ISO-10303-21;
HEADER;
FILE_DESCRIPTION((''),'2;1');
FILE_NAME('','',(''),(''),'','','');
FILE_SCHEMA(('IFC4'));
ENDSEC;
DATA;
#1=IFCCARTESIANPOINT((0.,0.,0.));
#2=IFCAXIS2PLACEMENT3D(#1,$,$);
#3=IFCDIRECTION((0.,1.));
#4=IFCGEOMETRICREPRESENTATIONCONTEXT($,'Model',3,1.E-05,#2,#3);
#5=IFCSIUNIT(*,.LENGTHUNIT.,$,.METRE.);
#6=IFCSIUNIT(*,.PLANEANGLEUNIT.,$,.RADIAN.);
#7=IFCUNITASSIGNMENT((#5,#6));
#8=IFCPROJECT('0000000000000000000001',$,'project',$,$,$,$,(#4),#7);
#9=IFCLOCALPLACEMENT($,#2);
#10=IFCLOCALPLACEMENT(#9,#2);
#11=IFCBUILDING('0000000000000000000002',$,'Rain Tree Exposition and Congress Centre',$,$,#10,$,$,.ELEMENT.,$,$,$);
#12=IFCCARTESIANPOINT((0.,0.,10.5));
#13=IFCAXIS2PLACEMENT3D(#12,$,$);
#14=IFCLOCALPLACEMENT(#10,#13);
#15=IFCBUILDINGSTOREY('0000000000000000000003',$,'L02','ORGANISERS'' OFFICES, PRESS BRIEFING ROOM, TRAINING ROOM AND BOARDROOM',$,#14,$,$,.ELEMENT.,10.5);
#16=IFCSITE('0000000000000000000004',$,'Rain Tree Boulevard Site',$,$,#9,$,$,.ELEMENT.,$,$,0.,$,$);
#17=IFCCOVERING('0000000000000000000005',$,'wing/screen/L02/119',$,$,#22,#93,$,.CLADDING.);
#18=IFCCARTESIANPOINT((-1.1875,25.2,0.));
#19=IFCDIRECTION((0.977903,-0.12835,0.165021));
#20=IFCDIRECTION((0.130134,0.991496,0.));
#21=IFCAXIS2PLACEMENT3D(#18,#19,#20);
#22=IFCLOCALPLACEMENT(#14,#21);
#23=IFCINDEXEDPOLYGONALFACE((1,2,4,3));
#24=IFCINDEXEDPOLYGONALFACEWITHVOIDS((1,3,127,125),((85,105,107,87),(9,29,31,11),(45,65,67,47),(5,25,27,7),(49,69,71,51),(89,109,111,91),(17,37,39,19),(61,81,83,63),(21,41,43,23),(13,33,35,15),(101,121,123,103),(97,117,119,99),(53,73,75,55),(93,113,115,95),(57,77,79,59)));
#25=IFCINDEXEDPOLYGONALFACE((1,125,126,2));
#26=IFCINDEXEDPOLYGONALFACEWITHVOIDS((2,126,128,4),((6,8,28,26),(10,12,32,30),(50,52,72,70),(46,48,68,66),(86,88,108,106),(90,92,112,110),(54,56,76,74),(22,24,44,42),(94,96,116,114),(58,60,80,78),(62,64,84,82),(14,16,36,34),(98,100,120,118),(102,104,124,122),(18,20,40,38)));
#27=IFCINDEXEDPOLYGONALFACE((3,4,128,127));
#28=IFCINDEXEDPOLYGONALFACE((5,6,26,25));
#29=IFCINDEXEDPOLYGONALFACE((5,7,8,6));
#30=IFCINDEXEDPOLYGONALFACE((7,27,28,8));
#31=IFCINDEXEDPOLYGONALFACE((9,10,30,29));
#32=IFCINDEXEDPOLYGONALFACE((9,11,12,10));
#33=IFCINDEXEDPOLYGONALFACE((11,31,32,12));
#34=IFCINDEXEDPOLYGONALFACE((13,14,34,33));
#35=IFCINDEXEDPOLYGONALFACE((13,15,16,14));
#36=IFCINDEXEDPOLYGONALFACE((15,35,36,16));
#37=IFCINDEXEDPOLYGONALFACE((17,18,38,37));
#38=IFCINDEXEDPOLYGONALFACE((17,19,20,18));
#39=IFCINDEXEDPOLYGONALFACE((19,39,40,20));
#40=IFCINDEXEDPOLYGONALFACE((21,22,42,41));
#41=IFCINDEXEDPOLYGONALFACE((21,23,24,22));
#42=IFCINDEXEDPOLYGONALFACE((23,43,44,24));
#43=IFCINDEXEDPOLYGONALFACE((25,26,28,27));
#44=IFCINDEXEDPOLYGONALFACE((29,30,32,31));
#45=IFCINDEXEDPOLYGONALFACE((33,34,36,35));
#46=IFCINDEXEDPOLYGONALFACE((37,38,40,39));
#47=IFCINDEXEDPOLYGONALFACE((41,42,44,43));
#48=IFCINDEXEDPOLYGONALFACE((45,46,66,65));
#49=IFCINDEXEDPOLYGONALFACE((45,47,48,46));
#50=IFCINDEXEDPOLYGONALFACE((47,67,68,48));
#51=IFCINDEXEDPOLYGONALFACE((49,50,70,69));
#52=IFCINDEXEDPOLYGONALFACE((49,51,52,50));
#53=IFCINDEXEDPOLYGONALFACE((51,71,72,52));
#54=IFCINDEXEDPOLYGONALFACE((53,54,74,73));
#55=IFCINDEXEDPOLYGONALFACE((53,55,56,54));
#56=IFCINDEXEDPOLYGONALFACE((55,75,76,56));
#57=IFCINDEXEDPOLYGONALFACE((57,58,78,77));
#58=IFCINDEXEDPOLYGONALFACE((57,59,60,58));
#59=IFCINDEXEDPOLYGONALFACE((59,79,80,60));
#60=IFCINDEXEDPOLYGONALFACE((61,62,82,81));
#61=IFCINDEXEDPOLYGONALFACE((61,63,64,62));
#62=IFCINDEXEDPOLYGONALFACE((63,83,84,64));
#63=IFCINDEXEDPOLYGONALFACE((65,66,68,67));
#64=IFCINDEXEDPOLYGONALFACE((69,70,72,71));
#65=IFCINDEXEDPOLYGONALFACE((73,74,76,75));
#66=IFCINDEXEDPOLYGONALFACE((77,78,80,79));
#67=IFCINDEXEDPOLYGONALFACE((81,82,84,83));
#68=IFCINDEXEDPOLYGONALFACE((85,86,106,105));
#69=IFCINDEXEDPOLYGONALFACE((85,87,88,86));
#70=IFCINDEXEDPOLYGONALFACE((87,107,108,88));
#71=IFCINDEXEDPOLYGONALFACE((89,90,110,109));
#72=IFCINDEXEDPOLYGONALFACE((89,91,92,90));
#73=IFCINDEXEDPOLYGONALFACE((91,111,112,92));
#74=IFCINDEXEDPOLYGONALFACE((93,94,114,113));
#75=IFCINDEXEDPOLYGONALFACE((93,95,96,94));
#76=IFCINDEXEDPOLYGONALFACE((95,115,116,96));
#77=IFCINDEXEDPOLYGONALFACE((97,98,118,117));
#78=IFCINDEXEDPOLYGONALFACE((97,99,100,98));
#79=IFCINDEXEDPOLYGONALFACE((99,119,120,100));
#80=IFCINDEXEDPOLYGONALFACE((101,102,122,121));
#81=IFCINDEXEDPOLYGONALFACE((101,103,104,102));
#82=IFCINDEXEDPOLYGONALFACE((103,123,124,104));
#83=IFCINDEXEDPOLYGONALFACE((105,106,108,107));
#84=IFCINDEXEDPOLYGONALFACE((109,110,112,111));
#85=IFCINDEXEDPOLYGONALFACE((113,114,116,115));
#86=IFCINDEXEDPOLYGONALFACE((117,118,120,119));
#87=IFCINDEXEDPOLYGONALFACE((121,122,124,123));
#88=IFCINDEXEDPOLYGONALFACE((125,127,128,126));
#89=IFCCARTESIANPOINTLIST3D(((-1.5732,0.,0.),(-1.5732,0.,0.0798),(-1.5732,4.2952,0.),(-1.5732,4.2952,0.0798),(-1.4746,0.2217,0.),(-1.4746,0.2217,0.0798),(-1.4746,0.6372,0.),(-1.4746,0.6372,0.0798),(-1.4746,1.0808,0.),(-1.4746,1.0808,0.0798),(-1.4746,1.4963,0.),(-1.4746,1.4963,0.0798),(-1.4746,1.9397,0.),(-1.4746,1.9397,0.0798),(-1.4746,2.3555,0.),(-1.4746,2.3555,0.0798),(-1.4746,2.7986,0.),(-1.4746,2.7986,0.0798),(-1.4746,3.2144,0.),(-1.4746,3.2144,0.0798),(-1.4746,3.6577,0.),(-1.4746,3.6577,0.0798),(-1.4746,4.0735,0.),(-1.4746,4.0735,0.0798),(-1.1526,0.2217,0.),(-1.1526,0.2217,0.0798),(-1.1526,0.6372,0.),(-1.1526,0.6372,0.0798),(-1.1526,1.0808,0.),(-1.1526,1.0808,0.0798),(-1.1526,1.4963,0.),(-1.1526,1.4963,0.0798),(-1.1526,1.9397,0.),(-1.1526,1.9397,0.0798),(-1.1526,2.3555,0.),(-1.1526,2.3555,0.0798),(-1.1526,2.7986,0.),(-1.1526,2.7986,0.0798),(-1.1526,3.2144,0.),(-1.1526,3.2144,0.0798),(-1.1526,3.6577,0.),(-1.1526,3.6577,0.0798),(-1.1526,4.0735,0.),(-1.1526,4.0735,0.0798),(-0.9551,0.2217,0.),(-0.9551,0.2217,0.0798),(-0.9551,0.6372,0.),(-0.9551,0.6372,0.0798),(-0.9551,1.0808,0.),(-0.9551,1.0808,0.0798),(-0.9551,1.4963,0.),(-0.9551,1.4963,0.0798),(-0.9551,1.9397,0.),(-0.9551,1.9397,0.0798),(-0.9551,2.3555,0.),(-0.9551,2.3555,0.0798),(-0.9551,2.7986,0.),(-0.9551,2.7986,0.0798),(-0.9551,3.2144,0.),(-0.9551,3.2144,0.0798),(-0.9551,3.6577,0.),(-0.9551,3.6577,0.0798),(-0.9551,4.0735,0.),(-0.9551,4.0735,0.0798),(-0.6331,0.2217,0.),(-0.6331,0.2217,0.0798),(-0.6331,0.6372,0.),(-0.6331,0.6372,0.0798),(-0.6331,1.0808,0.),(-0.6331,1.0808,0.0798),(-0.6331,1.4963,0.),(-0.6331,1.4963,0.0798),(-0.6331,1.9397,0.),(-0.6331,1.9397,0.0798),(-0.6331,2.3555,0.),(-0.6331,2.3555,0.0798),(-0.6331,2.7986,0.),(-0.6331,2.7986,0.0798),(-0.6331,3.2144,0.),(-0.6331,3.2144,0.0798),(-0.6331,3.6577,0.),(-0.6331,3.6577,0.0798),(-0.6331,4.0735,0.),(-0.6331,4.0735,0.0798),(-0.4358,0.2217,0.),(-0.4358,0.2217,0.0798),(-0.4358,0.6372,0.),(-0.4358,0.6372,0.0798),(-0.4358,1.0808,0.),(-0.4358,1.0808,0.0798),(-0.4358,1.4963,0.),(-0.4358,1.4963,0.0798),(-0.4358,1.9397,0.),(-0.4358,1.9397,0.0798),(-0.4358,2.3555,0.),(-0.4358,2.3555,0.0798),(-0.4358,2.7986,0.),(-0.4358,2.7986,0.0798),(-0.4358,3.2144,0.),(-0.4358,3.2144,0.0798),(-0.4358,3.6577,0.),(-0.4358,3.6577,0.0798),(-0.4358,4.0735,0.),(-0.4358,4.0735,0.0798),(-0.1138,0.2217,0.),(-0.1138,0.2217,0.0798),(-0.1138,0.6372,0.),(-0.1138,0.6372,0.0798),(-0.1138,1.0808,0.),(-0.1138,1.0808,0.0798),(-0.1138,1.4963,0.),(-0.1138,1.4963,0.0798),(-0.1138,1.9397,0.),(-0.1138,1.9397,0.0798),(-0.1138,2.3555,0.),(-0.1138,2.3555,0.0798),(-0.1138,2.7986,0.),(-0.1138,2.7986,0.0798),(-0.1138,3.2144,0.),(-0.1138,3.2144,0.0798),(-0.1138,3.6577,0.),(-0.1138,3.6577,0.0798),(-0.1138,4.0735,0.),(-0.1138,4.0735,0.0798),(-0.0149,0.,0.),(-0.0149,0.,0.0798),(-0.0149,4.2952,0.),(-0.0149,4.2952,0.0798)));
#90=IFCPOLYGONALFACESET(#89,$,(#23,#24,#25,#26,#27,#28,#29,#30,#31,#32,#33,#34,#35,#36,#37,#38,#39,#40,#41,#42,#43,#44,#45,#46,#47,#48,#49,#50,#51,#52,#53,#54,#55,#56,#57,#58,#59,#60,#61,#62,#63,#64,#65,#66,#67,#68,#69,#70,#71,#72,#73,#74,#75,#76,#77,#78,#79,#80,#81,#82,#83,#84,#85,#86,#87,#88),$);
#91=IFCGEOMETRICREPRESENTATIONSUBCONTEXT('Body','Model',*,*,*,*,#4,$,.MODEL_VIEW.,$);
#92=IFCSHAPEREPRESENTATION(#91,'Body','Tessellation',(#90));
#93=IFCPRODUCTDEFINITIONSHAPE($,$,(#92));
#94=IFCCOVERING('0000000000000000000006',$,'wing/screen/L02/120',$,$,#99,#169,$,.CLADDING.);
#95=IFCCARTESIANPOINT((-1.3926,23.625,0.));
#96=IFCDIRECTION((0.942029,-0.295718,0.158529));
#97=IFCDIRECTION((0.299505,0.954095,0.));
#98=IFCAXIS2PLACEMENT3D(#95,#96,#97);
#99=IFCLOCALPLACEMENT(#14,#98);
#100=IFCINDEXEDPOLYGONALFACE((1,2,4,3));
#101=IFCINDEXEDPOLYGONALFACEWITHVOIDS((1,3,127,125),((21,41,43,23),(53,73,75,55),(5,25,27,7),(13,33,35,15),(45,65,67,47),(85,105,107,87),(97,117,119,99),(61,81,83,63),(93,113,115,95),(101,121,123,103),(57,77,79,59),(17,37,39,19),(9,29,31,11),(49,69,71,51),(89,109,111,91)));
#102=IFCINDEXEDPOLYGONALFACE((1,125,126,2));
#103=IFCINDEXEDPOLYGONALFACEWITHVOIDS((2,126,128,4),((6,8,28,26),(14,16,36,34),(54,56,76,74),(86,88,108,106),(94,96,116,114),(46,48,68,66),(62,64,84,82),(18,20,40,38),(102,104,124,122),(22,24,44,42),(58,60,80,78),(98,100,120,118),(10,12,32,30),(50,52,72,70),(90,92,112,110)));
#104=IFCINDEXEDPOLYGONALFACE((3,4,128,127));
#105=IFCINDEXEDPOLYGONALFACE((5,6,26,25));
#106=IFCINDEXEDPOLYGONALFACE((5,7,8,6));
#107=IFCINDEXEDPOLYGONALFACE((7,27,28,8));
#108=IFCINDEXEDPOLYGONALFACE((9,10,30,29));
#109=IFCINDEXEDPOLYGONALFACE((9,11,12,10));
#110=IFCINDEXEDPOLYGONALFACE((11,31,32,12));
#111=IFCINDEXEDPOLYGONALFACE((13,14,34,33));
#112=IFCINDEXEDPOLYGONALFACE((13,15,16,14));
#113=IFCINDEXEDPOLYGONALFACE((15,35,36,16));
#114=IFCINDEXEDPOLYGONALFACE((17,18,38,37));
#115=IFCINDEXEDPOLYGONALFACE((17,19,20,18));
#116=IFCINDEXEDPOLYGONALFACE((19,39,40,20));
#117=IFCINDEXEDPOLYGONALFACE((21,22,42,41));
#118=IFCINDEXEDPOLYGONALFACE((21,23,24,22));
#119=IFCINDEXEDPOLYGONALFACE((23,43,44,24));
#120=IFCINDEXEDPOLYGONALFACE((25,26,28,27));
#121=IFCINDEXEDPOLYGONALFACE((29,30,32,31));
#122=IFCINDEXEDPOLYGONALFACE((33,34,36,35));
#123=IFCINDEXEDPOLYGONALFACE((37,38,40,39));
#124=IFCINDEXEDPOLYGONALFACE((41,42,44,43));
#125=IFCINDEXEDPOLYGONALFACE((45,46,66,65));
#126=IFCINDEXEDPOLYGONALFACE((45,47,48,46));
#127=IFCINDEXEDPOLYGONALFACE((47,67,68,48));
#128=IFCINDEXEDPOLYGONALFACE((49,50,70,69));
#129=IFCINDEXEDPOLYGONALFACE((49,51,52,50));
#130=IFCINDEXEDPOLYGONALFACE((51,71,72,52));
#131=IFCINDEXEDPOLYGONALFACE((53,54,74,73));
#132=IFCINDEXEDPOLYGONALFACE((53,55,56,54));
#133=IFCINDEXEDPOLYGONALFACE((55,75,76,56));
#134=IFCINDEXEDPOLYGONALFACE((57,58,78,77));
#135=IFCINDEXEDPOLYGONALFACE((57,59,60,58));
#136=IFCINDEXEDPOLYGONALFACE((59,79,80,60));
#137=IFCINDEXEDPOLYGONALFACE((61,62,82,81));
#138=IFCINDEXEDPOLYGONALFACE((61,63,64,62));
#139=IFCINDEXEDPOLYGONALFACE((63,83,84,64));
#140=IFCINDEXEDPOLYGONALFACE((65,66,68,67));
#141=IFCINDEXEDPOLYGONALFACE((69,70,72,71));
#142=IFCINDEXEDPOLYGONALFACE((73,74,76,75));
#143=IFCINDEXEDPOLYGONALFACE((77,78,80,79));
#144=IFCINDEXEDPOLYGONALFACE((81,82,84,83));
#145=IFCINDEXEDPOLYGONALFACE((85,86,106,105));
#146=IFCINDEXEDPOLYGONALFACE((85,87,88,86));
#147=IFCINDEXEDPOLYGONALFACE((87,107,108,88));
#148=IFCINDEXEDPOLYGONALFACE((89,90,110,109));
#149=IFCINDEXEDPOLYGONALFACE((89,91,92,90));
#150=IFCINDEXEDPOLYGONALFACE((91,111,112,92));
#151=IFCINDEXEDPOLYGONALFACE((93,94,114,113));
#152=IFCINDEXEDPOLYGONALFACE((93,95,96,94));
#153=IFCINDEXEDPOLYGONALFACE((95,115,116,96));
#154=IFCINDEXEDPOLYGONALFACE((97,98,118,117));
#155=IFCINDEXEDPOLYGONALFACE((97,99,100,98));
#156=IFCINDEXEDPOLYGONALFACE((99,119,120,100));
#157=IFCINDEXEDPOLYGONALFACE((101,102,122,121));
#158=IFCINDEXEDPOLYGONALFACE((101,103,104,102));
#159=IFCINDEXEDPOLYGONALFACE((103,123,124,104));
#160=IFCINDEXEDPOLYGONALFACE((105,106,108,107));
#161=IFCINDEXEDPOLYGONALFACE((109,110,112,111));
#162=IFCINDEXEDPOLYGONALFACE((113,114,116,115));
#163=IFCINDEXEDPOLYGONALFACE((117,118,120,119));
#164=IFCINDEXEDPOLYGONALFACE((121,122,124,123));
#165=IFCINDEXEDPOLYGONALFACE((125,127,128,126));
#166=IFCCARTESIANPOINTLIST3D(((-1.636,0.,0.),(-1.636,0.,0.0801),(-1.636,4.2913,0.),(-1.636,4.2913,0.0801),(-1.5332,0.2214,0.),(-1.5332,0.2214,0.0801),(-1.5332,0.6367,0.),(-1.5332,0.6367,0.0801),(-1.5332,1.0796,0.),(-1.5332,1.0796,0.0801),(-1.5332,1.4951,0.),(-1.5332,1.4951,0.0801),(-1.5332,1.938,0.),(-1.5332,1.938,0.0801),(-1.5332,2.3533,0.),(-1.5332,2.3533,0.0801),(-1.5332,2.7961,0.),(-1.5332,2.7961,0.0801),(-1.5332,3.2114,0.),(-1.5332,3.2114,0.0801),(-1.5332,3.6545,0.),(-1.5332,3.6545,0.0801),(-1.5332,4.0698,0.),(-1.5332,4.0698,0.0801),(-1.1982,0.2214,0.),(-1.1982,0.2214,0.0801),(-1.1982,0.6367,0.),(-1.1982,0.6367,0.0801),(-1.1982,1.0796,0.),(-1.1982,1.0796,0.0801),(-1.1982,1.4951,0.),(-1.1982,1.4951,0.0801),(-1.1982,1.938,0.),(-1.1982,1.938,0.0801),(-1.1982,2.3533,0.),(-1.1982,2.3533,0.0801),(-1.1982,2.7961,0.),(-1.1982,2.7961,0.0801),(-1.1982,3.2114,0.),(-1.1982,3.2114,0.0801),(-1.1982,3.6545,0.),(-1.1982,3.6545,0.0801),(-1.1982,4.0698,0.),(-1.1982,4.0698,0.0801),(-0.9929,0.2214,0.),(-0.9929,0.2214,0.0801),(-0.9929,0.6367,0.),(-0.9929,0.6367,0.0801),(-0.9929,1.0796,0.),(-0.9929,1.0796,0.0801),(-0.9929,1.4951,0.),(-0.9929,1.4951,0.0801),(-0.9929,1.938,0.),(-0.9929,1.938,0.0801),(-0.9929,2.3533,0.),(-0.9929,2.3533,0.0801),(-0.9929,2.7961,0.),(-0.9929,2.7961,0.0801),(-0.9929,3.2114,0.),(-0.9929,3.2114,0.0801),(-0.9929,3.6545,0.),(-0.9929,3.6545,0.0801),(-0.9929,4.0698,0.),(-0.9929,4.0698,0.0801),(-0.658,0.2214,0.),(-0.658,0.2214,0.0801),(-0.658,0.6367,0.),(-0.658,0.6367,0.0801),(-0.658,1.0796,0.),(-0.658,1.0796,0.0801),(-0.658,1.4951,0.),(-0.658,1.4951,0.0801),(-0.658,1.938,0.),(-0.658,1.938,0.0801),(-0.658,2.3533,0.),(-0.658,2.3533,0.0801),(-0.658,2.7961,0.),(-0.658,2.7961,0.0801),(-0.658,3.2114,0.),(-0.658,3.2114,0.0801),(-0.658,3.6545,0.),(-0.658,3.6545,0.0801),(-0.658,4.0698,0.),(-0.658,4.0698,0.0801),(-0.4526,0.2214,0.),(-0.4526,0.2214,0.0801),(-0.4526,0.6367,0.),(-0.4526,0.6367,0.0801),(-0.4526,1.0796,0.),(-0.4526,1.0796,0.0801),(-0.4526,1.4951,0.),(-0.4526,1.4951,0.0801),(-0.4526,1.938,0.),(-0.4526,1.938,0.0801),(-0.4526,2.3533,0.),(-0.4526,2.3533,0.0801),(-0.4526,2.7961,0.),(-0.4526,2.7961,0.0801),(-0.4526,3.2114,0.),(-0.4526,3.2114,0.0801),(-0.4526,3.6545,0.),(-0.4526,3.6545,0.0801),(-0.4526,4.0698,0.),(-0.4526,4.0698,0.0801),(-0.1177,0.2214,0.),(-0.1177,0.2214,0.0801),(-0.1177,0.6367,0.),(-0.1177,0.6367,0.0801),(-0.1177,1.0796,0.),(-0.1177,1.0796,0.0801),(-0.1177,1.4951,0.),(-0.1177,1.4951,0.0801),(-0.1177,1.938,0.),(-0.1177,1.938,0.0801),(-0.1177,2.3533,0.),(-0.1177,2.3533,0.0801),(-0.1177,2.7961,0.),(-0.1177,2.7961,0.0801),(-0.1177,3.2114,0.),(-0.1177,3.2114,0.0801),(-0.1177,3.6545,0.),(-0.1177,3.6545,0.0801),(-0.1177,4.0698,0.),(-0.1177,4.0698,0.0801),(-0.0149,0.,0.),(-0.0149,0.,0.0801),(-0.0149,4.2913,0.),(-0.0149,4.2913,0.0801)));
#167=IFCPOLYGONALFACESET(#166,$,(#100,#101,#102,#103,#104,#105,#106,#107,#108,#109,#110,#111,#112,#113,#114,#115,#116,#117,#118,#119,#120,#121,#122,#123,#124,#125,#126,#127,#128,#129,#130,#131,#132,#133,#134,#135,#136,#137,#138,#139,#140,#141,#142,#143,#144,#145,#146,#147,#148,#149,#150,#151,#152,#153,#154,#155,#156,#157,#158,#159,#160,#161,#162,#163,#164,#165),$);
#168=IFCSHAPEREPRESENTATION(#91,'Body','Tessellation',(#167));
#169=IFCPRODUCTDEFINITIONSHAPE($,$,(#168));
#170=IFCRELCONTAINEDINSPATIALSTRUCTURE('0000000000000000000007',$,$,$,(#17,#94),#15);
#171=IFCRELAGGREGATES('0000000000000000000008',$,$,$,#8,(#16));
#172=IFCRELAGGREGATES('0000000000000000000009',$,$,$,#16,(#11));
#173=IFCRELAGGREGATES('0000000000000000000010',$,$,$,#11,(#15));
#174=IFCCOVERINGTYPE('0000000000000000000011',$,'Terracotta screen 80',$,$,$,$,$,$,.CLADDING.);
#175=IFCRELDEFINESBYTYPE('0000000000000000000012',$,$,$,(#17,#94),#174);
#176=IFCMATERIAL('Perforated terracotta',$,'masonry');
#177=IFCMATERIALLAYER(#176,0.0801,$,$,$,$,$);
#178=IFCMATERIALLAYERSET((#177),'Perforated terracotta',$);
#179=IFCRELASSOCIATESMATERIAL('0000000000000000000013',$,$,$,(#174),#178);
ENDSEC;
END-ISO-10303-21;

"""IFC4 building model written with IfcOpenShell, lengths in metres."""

from ifc_helpers import new_model, si_unit, direction, frame, origin, place, context, subcontext, project, spatial, polyline, outline, extrude, material, layer, layer_set, type_object, element, save


model = new_model("IFC4")

# Units and contexts
model_context = context("Model", 3, precision=1e-05, world=origin(), true_north=direction((0.0, 1.0)))
body_context = subcontext(model_context, "Body", "Model", "MODEL_VIEW")
ifc_project = project(units=[si_unit("LENGTHUNIT", "METRE"), si_unit("PLANEANGLEUNIT", "RADIAN")], contexts=[model_context])

# Site, building, storey
site_placement = place(None, origin())
site = spatial("IfcSite", under=ifc_project, at=site_placement, Name="Rain Tree Boulevard Site", CompositionType="ELEMENT", RefElevation=0.0)
building_placement = place(site_placement, origin())
building = spatial("IfcBuilding", under=site, at=building_placement, Name="Rain Tree Exposition and Congress Centre", CompositionType="ELEMENT")
storey_placement = place(building_placement, frame((0.0, 0.0, 10.5)))
storey = spatial("IfcBuildingStorey", under=building, at=storey_placement, Name="L02", Description="ORGANISERS' OFFICES, PRESS BRIEFING ROOM, TRAINING ROOM AND BOARDROOM", CompositionType="ELEMENT", Elevation=10.5)

# Coverings
ifc_material_1 = material(Name="Perforated terracotta", Category="masonry")
ifc_layer_1 = layer(ifc_material_1, 0.0801)
ifc_layer_set_1 = layer_set([ifc_layer_1], Name="Perforated terracotta")
covering_type = type_object("IfcCoveringType", Name="Terracotta screen 80", PredefinedType="CLADDING", material=ifc_layer_set_1)
covering_1_placement = place(storey_placement, frame((-1.1875, 25.2, 0.0), z_axis=(0.977903, -0.12835, 0.165021), x_axis=(0.130134, 0.991496, 0.0)))
element("IfcCovering", 1, at=covering_1_placement, inside=storey, type_object=covering_type, Name="wing/screen/L02/119", PredefinedType="CLADDING", context=body_context, shape_type="SweptSolid", body=[
    extrude(outline(polyline([(-1.5732, 0.0), (-1.5732, 4.2952), (-0.0149, 4.2952), (-0.0149, 0.0), (-1.5732, 0.0)]), holes=[polyline([(-0.1138, 0.2217), (-0.1138, 0.6372), (-0.4358, 0.6372), (-0.4358, 0.2217), (-0.1138, 0.2217)]), polyline([(-0.1138, 1.0808), (-0.1138, 1.4963), (-0.4358, 1.4963), (-0.4358, 1.0808), (-0.1138, 1.0808)]), polyline([(-0.1138, 1.9397), (-0.1138, 2.3555), (-0.4358, 2.3555), (-0.4358, 1.9397), (-0.1138, 1.9397)]), polyline([(-0.1138, 2.7986), (-0.1138, 3.2144), (-0.4358, 3.2144), (-0.4358, 2.7986), (-0.1138, 2.7986)]), polyline([(-0.1138, 3.6577), (-0.1138, 4.0735), (-0.4358, 4.0735), (-0.4358, 3.6577), (-0.1138, 3.6577)]), polyline([(-0.6331, 0.2217), (-0.6331, 0.6372), (-0.9551, 0.6372), (-0.9551, 0.2217), (-0.6331, 0.2217)]), polyline([(-0.6331, 1.0808), (-0.6331, 1.4963), (-0.9551, 1.4963), (-0.9551, 1.0808), (-0.6331, 1.0808)]), polyline([(-0.6331, 1.9397), (-0.6331, 2.3555), (-0.9551, 2.3555), (-0.9551, 1.9397), (-0.6331, 1.9397)]), polyline([(-0.6331, 2.7986), (-0.6331, 3.2144), (-0.9551, 3.2144), (-0.9551, 2.7986), (-0.6331, 2.7986)]), polyline([(-0.6331, 3.6577), (-0.6331, 4.0735), (-0.9551, 4.0735), (-0.9551, 3.6577), (-0.6331, 3.6577)]), polyline([(-1.1526, 0.2217), (-1.1526, 0.6372), (-1.4746, 0.6372), (-1.4746, 0.2217), (-1.1526, 0.2217)]), polyline([(-1.1526, 1.0808), (-1.1526, 1.4963), (-1.4746, 1.4963), (-1.4746, 1.0808), (-1.1526, 1.0808)]), polyline([(-1.1526, 1.9397), (-1.1526, 2.3555), (-1.4746, 2.3555), (-1.4746, 1.9397), (-1.1526, 1.9397)]), polyline([(-1.1526, 2.7986), (-1.1526, 3.2144), (-1.4746, 3.2144), (-1.4746, 2.7986), (-1.1526, 2.7986)]), polyline([(-1.1526, 3.6577), (-1.1526, 4.0735), (-1.4746, 4.0735), (-1.4746, 3.6577), (-1.1526, 3.6577)])]), origin(), (0.0, 0.0, 1.0), 0.0798),
])
covering_2_placement = place(storey_placement, frame((-1.3926, 23.625, 0.0), z_axis=(0.942029, -0.295718, 0.158529), x_axis=(0.299505, 0.954095, 0.0)))
element("IfcCovering", 2, at=covering_2_placement, inside=storey, type_object=covering_type, Name="wing/screen/L02/120", PredefinedType="CLADDING", context=body_context, shape_type="SweptSolid", body=[
    extrude(outline(polyline([(-1.636, 0.0), (-1.636, 4.2913), (-0.0149, 4.2913), (-0.0149, 0.0), (-1.636, 0.0)]), holes=[polyline([(-0.1177, 0.2214), (-0.1177, 0.6367), (-0.4526, 0.6367), (-0.4526, 0.2214), (-0.1177, 0.2214)]), polyline([(-0.1177, 1.0796), (-0.1177, 1.4951), (-0.4526, 1.4951), (-0.4526, 1.0796), (-0.1177, 1.0796)]), polyline([(-0.1177, 1.938), (-0.1177, 2.3533), (-0.4526, 2.3533), (-0.4526, 1.938), (-0.1177, 1.938)]), polyline([(-0.1177, 2.7961), (-0.1177, 3.2114), (-0.4526, 3.2114), (-0.4526, 2.7961), (-0.1177, 2.7961)]), polyline([(-0.1177, 3.6545), (-0.1177, 4.0698), (-0.4526, 4.0698), (-0.4526, 3.6545), (-0.1177, 3.6545)]), polyline([(-0.658, 0.2214), (-0.658, 0.6367), (-0.9929, 0.6367), (-0.9929, 0.2214), (-0.658, 0.2214)]), polyline([(-0.658, 1.0796), (-0.658, 1.4951), (-0.9929, 1.4951), (-0.9929, 1.0796), (-0.658, 1.0796)]), polyline([(-0.658, 1.938), (-0.658, 2.3533), (-0.9929, 2.3533), (-0.9929, 1.938), (-0.658, 1.938)]), polyline([(-0.658, 2.7961), (-0.658, 3.2114), (-0.9929, 3.2114), (-0.9929, 2.7961), (-0.658, 2.7961)]), polyline([(-0.658, 3.6545), (-0.658, 4.0698), (-0.9929, 4.0698), (-0.9929, 3.6545), (-0.658, 3.6545)]), polyline([(-1.1982, 0.2214), (-1.1982, 0.6367), (-1.5332, 0.6367), (-1.5332, 0.2214), (-1.1982, 0.2214)]), polyline([(-1.1982, 1.0796), (-1.1982, 1.4951), (-1.5332, 1.4951), (-1.5332, 1.0796), (-1.1982, 1.0796)]), polyline([(-1.1982, 1.938), (-1.1982, 2.3533), (-1.5332, 2.3533), (-1.5332, 1.938), (-1.1982, 1.938)]), polyline([(-1.1982, 2.7961), (-1.1982, 3.2114), (-1.5332, 3.2114), (-1.5332, 2.7961), (-1.1982, 2.7961)]), polyline([(-1.1982, 3.6545), (-1.1982, 4.0698), (-1.5332, 4.0698), (-1.5332, 3.6545), (-1.1982, 3.6545)])]), origin(), (0.0, 0.0, 1.0), 0.0801),
])

save(model, "model.ifc")
